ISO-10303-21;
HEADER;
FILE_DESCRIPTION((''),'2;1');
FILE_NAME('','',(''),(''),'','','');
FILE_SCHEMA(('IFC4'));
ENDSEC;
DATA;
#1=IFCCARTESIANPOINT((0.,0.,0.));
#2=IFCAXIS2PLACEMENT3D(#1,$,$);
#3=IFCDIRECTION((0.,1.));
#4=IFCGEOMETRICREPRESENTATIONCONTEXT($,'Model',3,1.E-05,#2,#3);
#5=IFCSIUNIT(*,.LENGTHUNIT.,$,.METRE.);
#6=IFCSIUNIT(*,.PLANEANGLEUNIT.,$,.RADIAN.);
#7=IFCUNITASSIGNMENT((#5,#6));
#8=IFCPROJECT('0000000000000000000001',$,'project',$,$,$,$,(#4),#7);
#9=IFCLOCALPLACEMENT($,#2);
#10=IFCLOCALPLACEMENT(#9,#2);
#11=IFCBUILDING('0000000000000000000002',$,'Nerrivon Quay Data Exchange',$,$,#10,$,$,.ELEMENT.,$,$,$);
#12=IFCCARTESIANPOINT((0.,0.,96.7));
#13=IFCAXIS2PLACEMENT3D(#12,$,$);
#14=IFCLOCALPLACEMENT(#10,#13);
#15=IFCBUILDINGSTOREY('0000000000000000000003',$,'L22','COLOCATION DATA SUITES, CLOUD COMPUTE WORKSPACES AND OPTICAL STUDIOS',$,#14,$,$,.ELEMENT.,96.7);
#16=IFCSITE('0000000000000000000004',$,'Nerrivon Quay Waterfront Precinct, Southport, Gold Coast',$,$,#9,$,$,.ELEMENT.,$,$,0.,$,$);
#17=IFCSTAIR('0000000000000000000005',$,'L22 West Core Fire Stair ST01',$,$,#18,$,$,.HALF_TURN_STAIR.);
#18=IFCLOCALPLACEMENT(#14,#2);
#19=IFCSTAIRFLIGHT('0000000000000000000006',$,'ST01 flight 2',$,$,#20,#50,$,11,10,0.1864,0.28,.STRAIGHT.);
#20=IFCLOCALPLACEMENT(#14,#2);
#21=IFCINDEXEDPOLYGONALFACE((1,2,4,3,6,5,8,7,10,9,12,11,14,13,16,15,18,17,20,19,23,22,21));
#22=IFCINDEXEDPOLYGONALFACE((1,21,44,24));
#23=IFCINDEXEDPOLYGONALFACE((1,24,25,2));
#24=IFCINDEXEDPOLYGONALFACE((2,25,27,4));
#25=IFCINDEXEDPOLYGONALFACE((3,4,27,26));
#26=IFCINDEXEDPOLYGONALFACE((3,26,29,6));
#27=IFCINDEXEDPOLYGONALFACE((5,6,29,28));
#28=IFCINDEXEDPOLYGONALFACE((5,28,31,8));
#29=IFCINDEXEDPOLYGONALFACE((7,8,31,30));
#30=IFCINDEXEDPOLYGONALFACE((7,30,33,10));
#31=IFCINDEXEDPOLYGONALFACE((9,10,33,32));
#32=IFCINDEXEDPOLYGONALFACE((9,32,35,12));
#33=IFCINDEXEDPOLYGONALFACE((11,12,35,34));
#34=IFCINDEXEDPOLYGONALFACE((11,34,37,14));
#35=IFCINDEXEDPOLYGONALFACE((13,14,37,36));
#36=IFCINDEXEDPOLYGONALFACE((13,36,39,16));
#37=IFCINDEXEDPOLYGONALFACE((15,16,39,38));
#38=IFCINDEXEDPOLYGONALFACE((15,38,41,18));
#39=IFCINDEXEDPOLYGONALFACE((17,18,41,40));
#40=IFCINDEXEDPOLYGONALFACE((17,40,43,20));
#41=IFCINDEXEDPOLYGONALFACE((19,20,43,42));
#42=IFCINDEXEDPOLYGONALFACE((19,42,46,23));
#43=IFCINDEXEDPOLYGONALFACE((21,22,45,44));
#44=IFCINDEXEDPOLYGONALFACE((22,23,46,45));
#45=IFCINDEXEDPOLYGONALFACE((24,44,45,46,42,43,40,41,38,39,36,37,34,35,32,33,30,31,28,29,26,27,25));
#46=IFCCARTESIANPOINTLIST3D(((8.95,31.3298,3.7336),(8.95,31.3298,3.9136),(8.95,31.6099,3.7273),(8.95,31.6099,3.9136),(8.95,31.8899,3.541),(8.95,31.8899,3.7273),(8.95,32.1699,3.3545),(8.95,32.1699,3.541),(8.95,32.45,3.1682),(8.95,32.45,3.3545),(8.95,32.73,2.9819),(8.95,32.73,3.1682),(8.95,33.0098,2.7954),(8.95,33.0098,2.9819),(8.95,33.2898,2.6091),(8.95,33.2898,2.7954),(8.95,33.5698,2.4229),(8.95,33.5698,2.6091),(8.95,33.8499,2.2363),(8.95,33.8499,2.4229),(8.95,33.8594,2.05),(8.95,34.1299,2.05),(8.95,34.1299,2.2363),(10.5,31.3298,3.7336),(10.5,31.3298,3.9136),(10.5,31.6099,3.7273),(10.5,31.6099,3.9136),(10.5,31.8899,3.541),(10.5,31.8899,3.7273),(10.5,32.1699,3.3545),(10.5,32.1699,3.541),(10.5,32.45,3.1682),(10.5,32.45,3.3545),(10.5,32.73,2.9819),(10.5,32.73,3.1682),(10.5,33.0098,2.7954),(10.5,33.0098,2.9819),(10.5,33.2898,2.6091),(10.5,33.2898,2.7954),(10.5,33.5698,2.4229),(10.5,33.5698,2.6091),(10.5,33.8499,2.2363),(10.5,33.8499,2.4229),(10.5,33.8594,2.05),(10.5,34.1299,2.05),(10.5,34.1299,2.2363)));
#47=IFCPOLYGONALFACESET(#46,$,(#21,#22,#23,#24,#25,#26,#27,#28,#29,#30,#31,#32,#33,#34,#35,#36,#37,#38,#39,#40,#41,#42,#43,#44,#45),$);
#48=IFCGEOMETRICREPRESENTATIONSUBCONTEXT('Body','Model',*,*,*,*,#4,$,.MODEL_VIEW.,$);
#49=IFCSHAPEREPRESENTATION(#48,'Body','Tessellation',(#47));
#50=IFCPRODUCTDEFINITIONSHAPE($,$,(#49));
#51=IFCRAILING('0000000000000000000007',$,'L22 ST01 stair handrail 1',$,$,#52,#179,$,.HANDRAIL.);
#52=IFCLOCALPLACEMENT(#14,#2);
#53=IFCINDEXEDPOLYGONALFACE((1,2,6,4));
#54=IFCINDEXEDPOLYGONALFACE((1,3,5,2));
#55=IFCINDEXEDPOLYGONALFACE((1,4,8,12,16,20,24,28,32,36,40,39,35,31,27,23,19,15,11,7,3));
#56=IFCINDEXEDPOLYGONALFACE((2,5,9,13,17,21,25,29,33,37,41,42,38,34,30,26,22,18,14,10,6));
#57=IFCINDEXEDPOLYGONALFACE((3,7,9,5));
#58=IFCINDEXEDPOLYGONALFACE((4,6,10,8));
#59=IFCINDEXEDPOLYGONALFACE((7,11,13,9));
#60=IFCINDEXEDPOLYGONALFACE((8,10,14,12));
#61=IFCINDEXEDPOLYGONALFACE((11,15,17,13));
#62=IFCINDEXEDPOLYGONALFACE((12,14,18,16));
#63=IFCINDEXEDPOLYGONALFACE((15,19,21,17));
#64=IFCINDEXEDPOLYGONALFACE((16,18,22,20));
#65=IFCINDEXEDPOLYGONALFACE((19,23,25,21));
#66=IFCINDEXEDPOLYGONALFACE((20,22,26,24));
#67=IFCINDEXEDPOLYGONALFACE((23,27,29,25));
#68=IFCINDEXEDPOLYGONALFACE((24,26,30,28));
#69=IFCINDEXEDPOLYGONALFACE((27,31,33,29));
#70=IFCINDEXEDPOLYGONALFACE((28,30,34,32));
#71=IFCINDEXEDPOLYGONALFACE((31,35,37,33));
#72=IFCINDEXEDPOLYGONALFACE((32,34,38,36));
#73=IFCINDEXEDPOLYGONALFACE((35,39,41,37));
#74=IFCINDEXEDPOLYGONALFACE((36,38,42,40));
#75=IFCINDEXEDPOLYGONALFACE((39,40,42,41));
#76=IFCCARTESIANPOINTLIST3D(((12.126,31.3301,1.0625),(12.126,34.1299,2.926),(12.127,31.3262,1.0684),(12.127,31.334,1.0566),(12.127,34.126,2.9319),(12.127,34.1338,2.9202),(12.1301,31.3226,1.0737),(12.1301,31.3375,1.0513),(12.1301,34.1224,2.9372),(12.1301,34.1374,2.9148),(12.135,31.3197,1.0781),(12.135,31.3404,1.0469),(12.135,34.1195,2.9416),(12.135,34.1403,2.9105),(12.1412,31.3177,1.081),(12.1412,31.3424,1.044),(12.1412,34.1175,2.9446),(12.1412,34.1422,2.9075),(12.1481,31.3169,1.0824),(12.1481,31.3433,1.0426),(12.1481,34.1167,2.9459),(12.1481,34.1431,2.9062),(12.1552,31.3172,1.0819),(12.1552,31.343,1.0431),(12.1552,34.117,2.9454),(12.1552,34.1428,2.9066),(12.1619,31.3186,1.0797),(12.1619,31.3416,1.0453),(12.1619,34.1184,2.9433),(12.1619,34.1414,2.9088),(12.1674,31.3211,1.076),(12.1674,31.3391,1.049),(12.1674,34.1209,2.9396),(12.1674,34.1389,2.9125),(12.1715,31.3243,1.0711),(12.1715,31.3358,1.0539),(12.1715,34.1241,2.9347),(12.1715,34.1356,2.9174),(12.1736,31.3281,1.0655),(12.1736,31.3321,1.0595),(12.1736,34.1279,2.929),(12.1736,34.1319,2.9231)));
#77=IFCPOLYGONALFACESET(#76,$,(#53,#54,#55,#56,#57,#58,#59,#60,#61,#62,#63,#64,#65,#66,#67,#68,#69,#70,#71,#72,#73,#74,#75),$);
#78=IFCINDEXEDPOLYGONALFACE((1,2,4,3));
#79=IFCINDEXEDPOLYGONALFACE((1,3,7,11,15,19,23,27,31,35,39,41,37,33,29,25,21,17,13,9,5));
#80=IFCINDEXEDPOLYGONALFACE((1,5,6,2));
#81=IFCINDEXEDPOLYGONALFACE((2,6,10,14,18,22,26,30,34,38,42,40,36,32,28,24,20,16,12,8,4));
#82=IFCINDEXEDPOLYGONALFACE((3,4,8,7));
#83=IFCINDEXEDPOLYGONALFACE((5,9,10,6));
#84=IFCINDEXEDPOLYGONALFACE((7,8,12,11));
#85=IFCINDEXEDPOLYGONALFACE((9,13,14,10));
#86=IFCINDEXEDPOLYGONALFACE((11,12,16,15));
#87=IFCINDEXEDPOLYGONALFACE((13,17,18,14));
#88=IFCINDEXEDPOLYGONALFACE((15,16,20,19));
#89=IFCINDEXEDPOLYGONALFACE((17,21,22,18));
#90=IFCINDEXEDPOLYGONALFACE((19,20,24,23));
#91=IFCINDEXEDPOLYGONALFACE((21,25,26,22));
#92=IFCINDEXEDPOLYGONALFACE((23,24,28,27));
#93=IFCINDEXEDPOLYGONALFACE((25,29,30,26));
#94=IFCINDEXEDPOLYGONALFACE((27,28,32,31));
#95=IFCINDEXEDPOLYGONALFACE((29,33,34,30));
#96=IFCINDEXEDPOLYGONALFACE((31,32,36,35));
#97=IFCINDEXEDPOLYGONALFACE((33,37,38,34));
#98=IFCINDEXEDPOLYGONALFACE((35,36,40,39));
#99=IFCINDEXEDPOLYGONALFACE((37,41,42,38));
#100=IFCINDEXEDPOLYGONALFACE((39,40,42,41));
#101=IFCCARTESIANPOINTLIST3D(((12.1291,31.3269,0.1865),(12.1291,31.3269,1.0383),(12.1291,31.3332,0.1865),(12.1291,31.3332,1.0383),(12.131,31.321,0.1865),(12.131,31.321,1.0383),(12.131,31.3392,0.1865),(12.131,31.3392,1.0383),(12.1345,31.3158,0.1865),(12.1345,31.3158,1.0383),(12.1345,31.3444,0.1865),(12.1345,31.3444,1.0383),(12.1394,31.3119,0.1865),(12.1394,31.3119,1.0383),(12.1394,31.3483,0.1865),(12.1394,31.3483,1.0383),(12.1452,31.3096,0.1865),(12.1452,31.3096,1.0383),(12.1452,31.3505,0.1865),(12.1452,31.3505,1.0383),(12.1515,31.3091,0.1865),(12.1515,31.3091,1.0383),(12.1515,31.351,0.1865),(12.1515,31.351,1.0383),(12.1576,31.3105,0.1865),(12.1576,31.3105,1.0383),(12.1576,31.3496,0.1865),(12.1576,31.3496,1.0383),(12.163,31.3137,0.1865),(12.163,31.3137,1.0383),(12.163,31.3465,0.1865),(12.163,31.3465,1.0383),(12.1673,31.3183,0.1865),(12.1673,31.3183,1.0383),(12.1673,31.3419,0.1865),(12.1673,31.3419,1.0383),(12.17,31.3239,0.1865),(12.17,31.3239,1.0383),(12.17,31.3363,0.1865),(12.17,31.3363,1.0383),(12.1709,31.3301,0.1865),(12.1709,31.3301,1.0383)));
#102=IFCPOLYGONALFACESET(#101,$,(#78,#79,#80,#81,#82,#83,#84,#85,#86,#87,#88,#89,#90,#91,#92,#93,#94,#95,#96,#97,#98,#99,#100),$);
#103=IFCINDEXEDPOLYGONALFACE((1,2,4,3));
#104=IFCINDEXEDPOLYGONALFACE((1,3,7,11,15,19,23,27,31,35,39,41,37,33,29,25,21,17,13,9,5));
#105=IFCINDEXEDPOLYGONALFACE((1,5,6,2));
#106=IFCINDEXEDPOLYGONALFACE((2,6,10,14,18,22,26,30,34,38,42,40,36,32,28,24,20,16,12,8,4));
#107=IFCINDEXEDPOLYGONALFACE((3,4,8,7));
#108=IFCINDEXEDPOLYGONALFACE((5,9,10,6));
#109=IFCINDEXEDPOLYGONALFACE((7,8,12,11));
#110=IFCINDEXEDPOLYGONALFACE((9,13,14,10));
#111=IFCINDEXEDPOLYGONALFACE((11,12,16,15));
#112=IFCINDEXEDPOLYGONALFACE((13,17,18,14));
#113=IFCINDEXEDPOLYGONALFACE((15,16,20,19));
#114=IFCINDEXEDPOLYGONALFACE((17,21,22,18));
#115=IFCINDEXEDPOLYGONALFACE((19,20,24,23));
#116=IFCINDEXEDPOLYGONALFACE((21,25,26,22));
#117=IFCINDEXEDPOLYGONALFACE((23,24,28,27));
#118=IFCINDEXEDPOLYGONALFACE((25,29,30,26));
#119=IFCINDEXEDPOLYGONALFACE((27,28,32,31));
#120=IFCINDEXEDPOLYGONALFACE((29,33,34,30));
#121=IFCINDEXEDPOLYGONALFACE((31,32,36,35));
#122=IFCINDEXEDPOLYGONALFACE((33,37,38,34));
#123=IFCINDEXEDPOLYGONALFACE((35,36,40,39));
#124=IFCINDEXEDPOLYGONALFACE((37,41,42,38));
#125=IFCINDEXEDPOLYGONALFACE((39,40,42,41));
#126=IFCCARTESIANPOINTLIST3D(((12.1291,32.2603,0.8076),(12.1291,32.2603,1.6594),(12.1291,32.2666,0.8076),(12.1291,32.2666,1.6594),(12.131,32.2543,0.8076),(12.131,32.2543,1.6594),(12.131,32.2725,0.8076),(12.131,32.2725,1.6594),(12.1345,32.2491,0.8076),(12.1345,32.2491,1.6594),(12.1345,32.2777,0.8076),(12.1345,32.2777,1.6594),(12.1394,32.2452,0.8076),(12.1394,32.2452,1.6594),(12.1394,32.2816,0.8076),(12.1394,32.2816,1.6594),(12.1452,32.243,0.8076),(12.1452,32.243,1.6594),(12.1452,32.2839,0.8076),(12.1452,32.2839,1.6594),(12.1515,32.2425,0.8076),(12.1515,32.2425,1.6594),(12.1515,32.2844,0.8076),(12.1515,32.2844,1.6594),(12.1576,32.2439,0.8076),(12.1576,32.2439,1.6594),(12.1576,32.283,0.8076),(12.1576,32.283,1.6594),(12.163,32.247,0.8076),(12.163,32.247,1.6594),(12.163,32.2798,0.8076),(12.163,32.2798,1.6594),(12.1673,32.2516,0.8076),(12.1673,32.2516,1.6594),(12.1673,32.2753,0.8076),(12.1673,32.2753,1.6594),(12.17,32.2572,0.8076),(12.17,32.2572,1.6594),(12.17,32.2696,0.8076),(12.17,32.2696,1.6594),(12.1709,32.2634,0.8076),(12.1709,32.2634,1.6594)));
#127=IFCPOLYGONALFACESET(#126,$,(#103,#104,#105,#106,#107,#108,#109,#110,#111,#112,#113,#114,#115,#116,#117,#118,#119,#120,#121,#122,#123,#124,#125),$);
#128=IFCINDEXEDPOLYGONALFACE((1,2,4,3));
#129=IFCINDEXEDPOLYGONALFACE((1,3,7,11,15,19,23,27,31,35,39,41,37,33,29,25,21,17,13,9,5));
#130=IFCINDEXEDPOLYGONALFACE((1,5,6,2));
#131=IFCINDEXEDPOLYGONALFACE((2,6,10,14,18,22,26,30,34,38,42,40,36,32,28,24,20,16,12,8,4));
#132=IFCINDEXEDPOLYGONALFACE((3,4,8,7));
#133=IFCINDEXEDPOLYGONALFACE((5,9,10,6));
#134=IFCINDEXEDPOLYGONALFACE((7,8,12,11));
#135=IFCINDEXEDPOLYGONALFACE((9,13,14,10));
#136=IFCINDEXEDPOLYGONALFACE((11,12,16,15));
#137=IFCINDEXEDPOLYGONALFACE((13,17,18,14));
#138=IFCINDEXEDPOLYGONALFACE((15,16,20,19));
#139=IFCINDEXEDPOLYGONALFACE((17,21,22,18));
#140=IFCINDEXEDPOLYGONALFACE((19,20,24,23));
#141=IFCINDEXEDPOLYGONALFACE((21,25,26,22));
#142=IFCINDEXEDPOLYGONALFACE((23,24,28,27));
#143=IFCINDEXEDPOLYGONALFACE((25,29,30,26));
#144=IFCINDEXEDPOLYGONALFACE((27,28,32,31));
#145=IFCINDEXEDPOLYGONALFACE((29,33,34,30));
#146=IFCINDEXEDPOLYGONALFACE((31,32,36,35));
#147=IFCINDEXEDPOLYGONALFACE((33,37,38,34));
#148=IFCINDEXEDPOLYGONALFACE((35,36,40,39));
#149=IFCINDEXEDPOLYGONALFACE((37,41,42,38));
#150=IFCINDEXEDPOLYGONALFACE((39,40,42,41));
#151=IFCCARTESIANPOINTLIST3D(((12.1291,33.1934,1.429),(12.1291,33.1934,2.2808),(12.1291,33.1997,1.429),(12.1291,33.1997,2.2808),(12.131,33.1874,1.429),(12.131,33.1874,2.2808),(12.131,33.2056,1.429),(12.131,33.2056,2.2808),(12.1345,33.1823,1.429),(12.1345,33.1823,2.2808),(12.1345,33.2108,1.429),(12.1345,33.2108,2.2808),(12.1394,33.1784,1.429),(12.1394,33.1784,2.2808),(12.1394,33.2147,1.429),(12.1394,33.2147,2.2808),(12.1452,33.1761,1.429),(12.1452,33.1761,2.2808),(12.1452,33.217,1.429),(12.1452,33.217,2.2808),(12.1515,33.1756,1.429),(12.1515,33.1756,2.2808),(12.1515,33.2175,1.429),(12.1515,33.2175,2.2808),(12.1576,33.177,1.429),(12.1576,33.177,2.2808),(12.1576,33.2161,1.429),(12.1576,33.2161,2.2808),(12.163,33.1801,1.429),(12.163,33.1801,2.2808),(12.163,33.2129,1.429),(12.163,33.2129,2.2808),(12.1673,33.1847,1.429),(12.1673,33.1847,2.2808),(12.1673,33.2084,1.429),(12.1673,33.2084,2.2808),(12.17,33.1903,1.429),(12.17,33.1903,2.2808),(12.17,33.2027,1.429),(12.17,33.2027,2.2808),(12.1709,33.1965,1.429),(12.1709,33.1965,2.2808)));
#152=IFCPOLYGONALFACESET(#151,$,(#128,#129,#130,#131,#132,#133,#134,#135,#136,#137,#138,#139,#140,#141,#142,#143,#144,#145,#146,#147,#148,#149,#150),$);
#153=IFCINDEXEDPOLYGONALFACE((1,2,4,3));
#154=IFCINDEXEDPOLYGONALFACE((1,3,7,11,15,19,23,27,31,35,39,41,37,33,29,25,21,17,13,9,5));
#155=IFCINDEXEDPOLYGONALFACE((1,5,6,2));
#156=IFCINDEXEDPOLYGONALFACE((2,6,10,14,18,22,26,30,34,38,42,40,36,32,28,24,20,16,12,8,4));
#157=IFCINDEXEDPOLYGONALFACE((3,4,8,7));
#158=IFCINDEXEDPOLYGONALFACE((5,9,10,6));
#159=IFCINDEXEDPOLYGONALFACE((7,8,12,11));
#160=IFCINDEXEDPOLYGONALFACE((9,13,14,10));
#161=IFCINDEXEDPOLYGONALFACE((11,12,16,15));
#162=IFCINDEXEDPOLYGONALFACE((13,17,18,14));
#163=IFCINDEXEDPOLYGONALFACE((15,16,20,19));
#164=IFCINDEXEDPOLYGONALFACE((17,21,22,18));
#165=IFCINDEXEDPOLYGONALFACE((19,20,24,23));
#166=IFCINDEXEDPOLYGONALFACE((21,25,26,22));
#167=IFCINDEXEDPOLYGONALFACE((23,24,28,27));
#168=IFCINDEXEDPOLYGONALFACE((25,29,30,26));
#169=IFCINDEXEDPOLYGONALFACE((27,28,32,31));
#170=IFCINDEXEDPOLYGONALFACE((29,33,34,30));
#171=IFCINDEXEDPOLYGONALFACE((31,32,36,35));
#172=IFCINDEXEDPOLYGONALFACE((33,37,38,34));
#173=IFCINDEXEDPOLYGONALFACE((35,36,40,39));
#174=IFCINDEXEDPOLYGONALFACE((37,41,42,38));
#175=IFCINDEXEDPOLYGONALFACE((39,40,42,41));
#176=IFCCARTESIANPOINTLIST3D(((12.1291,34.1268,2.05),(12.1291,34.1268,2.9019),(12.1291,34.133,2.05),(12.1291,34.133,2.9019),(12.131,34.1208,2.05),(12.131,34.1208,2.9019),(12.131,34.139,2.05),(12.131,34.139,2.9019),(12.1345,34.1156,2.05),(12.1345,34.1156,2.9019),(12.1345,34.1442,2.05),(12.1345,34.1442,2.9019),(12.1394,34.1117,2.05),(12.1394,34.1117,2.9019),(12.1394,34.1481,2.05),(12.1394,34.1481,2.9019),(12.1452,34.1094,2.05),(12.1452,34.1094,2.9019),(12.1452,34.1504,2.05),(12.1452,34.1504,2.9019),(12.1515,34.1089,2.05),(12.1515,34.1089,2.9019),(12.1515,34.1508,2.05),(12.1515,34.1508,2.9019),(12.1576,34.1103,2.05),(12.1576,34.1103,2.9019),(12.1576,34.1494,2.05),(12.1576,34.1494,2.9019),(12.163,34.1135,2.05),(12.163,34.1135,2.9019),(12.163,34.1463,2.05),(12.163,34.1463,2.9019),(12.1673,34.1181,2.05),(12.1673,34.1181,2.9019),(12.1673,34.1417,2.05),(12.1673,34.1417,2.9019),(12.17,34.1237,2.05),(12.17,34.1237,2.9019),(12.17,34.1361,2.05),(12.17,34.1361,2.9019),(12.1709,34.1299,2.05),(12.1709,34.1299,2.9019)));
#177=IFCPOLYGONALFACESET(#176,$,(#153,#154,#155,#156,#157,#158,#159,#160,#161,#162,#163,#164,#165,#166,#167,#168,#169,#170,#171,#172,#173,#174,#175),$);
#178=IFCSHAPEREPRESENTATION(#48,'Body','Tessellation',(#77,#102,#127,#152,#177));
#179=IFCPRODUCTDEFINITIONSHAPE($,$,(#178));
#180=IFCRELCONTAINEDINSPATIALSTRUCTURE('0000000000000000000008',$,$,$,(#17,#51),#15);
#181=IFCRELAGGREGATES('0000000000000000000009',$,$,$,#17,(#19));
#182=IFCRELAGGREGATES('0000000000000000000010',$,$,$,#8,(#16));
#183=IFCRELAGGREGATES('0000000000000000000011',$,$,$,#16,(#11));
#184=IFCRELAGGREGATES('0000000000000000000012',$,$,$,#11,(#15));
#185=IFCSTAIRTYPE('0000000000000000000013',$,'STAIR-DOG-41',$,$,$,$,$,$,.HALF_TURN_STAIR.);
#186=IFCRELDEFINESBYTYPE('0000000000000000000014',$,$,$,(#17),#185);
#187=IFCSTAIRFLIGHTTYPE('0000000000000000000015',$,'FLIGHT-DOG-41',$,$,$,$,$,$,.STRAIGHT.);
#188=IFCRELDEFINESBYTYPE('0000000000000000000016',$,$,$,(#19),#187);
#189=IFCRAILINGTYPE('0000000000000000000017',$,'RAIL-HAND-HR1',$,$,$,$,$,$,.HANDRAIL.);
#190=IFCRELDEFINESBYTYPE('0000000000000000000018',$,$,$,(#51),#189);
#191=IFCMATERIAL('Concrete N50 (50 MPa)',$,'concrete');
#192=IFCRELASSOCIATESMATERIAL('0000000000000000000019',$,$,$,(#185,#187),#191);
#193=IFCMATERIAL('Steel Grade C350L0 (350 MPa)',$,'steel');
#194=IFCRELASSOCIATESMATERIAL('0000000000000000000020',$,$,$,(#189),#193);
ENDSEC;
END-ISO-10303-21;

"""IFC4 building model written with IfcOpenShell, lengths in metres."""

from ifc_helpers import new_model, si_unit, direction, frame, origin, origin_2d, place, context, subcontext, project, spatial, polyline, circle, outline, extrude, material, type_object, element, aggregate, save


model = new_model("IFC4")

# Units and contexts
model_context = context("Model", 3, precision=1e-05, world=origin(), true_north=direction((0.0, 1.0)))
body_context = subcontext(model_context, "Body", "Model", "MODEL_VIEW")
ifc_project = project(units=[si_unit("LENGTHUNIT", "METRE"), si_unit("PLANEANGLEUNIT", "RADIAN")], contexts=[model_context])

# Site, building, storey
site_placement = place(None, origin())
site = spatial("IfcSite", under=ifc_project, at=site_placement, Name="Nerrivon Quay Waterfront Precinct, Southport, Gold Coast", CompositionType="ELEMENT", RefElevation=0.0)
building_placement = place(site_placement, origin())
building = spatial("IfcBuilding", under=site, at=building_placement, Name="Nerrivon Quay Data Exchange", CompositionType="ELEMENT")
storey_placement = place(building_placement, frame((0.0, 0.0, 96.7)))
storey = spatial("IfcBuildingStorey", under=building, at=storey_placement, Name="L22", Description="COLOCATION DATA SUITES, CLOUD COMPUTE WORKSPACES AND OPTICAL STUDIOS", CompositionType="ELEMENT", Elevation=96.7)

# Shared definitions
ifc_material_1 = material(Name="Concrete N50 (50 MPa)", Category="concrete")

# Stair, stair flight
stair_type = type_object("IfcStairType", Name="STAIR-DOG-41", PredefinedType="HALF_TURN_STAIR", material=ifc_material_1)
stair_placement = place(storey_placement, origin())
stair = element("IfcStair", 1, at=stair_placement, inside=storey, type_object=stair_type, Name="L22 West Core Fire Stair ST01", PredefinedType="HALF_TURN_STAIR")
stair_flight_type = type_object("IfcStairFlightType", Name="FLIGHT-DOG-41", PredefinedType="STRAIGHT", material=ifc_material_1)
stair_flight_1_placement = place(storey_placement, frame((9.7251, 34.1299, 2.05), z_axis=(0.0, 0.0, 1.0), x_axis=(0.0, -1.0, 0.0)))
stair_flight_1 = element("IfcStairFlight", 2, at=stair_flight_1_placement, type_object=stair_flight_type, Name="ST01 flight 2", NumberOfRisers=11, NumberOfTreads=10, PredefinedType="STRAIGHT", RiserHeight=0.1864, TreadLength=0.28, context=body_context, shape_type="SweptSolid", body=[
    extrude(outline(polyline([(0.0, 0.0), (0.0, 0.1863), (0.28, 0.1863), (0.28, 0.3728), (0.5601, 0.3728), (0.5601, 0.5591), (0.8401, 0.5591), (0.8401, 0.7454), (1.1201, 0.7454), (1.1201, 0.9319), (1.3999, 0.9319), (1.3999, 1.1182), (1.6799, 1.1182), (1.6799, 1.3044), (1.96, 1.3044), (1.96, 1.491), (2.24, 1.491), (2.24, 1.6772), (2.52, 1.6772), (2.52, 1.8635), (2.8, 1.8635), (2.8, 2.05), (2.8, 1.6836), (0.2705, 0.0), (0.0, 0.0)])), frame((0.0, 0.7749, 0.0), z_axis=(0.0, -1.0, 0.0), x_axis=(1.0, 0.0, 0.0)), (0.0, 0.0, 1.0), 1.55),
])
aggregate(stair, [stair_flight_1])

# Railing
ifc_material_2 = material(Name="Steel Grade C350L0 (350 MPa)", Category="steel")
railing_type_1 = type_object("IfcRailingType", Name="RAIL-HAND-HR1", PredefinedType="HANDRAIL", material=ifc_material_2)
railing_1_placement = place(storey_placement, frame((12.1499, 31.3301, 0.1865)))
element("IfcRailing", 3, at=railing_1_placement, inside=storey, type_object=railing_type_1, Name="L22 ST01 stair handrail 1", PredefinedType="HANDRAIL", context=body_context, shape_type="SweptSolid", body=[
    extrude(circle(Radius=0.0239, at=origin_2d()), frame((0.0, 0.0, 0.876), z_axis=(0.0, 0.832463, 0.55408), x_axis=(-1.0, 0.0, 0.0)), (0.0, 0.0, 1.0), 3.3633),
    extrude(circle(Radius=0.021, at=origin_2d()), origin(), (0.0, 0.0, 1.0), 0.8518),
    extrude(circle(Radius=0.021, at=origin_2d()), frame((0.0, 0.9333, 0.6211)), (0.0, 0.0, 1.0), 0.8518),
    extrude(circle(Radius=0.021, at=origin_2d()), frame((0.0, 1.8665, 1.2424)), (0.0, 0.0, 1.0), 0.8518),
    extrude(circle(Radius=0.021, at=origin_2d()), frame((0.0, 2.7998, 1.8635)), (0.0, 0.0, 1.0), 0.8518),
])

save(model, "model.ifc")
